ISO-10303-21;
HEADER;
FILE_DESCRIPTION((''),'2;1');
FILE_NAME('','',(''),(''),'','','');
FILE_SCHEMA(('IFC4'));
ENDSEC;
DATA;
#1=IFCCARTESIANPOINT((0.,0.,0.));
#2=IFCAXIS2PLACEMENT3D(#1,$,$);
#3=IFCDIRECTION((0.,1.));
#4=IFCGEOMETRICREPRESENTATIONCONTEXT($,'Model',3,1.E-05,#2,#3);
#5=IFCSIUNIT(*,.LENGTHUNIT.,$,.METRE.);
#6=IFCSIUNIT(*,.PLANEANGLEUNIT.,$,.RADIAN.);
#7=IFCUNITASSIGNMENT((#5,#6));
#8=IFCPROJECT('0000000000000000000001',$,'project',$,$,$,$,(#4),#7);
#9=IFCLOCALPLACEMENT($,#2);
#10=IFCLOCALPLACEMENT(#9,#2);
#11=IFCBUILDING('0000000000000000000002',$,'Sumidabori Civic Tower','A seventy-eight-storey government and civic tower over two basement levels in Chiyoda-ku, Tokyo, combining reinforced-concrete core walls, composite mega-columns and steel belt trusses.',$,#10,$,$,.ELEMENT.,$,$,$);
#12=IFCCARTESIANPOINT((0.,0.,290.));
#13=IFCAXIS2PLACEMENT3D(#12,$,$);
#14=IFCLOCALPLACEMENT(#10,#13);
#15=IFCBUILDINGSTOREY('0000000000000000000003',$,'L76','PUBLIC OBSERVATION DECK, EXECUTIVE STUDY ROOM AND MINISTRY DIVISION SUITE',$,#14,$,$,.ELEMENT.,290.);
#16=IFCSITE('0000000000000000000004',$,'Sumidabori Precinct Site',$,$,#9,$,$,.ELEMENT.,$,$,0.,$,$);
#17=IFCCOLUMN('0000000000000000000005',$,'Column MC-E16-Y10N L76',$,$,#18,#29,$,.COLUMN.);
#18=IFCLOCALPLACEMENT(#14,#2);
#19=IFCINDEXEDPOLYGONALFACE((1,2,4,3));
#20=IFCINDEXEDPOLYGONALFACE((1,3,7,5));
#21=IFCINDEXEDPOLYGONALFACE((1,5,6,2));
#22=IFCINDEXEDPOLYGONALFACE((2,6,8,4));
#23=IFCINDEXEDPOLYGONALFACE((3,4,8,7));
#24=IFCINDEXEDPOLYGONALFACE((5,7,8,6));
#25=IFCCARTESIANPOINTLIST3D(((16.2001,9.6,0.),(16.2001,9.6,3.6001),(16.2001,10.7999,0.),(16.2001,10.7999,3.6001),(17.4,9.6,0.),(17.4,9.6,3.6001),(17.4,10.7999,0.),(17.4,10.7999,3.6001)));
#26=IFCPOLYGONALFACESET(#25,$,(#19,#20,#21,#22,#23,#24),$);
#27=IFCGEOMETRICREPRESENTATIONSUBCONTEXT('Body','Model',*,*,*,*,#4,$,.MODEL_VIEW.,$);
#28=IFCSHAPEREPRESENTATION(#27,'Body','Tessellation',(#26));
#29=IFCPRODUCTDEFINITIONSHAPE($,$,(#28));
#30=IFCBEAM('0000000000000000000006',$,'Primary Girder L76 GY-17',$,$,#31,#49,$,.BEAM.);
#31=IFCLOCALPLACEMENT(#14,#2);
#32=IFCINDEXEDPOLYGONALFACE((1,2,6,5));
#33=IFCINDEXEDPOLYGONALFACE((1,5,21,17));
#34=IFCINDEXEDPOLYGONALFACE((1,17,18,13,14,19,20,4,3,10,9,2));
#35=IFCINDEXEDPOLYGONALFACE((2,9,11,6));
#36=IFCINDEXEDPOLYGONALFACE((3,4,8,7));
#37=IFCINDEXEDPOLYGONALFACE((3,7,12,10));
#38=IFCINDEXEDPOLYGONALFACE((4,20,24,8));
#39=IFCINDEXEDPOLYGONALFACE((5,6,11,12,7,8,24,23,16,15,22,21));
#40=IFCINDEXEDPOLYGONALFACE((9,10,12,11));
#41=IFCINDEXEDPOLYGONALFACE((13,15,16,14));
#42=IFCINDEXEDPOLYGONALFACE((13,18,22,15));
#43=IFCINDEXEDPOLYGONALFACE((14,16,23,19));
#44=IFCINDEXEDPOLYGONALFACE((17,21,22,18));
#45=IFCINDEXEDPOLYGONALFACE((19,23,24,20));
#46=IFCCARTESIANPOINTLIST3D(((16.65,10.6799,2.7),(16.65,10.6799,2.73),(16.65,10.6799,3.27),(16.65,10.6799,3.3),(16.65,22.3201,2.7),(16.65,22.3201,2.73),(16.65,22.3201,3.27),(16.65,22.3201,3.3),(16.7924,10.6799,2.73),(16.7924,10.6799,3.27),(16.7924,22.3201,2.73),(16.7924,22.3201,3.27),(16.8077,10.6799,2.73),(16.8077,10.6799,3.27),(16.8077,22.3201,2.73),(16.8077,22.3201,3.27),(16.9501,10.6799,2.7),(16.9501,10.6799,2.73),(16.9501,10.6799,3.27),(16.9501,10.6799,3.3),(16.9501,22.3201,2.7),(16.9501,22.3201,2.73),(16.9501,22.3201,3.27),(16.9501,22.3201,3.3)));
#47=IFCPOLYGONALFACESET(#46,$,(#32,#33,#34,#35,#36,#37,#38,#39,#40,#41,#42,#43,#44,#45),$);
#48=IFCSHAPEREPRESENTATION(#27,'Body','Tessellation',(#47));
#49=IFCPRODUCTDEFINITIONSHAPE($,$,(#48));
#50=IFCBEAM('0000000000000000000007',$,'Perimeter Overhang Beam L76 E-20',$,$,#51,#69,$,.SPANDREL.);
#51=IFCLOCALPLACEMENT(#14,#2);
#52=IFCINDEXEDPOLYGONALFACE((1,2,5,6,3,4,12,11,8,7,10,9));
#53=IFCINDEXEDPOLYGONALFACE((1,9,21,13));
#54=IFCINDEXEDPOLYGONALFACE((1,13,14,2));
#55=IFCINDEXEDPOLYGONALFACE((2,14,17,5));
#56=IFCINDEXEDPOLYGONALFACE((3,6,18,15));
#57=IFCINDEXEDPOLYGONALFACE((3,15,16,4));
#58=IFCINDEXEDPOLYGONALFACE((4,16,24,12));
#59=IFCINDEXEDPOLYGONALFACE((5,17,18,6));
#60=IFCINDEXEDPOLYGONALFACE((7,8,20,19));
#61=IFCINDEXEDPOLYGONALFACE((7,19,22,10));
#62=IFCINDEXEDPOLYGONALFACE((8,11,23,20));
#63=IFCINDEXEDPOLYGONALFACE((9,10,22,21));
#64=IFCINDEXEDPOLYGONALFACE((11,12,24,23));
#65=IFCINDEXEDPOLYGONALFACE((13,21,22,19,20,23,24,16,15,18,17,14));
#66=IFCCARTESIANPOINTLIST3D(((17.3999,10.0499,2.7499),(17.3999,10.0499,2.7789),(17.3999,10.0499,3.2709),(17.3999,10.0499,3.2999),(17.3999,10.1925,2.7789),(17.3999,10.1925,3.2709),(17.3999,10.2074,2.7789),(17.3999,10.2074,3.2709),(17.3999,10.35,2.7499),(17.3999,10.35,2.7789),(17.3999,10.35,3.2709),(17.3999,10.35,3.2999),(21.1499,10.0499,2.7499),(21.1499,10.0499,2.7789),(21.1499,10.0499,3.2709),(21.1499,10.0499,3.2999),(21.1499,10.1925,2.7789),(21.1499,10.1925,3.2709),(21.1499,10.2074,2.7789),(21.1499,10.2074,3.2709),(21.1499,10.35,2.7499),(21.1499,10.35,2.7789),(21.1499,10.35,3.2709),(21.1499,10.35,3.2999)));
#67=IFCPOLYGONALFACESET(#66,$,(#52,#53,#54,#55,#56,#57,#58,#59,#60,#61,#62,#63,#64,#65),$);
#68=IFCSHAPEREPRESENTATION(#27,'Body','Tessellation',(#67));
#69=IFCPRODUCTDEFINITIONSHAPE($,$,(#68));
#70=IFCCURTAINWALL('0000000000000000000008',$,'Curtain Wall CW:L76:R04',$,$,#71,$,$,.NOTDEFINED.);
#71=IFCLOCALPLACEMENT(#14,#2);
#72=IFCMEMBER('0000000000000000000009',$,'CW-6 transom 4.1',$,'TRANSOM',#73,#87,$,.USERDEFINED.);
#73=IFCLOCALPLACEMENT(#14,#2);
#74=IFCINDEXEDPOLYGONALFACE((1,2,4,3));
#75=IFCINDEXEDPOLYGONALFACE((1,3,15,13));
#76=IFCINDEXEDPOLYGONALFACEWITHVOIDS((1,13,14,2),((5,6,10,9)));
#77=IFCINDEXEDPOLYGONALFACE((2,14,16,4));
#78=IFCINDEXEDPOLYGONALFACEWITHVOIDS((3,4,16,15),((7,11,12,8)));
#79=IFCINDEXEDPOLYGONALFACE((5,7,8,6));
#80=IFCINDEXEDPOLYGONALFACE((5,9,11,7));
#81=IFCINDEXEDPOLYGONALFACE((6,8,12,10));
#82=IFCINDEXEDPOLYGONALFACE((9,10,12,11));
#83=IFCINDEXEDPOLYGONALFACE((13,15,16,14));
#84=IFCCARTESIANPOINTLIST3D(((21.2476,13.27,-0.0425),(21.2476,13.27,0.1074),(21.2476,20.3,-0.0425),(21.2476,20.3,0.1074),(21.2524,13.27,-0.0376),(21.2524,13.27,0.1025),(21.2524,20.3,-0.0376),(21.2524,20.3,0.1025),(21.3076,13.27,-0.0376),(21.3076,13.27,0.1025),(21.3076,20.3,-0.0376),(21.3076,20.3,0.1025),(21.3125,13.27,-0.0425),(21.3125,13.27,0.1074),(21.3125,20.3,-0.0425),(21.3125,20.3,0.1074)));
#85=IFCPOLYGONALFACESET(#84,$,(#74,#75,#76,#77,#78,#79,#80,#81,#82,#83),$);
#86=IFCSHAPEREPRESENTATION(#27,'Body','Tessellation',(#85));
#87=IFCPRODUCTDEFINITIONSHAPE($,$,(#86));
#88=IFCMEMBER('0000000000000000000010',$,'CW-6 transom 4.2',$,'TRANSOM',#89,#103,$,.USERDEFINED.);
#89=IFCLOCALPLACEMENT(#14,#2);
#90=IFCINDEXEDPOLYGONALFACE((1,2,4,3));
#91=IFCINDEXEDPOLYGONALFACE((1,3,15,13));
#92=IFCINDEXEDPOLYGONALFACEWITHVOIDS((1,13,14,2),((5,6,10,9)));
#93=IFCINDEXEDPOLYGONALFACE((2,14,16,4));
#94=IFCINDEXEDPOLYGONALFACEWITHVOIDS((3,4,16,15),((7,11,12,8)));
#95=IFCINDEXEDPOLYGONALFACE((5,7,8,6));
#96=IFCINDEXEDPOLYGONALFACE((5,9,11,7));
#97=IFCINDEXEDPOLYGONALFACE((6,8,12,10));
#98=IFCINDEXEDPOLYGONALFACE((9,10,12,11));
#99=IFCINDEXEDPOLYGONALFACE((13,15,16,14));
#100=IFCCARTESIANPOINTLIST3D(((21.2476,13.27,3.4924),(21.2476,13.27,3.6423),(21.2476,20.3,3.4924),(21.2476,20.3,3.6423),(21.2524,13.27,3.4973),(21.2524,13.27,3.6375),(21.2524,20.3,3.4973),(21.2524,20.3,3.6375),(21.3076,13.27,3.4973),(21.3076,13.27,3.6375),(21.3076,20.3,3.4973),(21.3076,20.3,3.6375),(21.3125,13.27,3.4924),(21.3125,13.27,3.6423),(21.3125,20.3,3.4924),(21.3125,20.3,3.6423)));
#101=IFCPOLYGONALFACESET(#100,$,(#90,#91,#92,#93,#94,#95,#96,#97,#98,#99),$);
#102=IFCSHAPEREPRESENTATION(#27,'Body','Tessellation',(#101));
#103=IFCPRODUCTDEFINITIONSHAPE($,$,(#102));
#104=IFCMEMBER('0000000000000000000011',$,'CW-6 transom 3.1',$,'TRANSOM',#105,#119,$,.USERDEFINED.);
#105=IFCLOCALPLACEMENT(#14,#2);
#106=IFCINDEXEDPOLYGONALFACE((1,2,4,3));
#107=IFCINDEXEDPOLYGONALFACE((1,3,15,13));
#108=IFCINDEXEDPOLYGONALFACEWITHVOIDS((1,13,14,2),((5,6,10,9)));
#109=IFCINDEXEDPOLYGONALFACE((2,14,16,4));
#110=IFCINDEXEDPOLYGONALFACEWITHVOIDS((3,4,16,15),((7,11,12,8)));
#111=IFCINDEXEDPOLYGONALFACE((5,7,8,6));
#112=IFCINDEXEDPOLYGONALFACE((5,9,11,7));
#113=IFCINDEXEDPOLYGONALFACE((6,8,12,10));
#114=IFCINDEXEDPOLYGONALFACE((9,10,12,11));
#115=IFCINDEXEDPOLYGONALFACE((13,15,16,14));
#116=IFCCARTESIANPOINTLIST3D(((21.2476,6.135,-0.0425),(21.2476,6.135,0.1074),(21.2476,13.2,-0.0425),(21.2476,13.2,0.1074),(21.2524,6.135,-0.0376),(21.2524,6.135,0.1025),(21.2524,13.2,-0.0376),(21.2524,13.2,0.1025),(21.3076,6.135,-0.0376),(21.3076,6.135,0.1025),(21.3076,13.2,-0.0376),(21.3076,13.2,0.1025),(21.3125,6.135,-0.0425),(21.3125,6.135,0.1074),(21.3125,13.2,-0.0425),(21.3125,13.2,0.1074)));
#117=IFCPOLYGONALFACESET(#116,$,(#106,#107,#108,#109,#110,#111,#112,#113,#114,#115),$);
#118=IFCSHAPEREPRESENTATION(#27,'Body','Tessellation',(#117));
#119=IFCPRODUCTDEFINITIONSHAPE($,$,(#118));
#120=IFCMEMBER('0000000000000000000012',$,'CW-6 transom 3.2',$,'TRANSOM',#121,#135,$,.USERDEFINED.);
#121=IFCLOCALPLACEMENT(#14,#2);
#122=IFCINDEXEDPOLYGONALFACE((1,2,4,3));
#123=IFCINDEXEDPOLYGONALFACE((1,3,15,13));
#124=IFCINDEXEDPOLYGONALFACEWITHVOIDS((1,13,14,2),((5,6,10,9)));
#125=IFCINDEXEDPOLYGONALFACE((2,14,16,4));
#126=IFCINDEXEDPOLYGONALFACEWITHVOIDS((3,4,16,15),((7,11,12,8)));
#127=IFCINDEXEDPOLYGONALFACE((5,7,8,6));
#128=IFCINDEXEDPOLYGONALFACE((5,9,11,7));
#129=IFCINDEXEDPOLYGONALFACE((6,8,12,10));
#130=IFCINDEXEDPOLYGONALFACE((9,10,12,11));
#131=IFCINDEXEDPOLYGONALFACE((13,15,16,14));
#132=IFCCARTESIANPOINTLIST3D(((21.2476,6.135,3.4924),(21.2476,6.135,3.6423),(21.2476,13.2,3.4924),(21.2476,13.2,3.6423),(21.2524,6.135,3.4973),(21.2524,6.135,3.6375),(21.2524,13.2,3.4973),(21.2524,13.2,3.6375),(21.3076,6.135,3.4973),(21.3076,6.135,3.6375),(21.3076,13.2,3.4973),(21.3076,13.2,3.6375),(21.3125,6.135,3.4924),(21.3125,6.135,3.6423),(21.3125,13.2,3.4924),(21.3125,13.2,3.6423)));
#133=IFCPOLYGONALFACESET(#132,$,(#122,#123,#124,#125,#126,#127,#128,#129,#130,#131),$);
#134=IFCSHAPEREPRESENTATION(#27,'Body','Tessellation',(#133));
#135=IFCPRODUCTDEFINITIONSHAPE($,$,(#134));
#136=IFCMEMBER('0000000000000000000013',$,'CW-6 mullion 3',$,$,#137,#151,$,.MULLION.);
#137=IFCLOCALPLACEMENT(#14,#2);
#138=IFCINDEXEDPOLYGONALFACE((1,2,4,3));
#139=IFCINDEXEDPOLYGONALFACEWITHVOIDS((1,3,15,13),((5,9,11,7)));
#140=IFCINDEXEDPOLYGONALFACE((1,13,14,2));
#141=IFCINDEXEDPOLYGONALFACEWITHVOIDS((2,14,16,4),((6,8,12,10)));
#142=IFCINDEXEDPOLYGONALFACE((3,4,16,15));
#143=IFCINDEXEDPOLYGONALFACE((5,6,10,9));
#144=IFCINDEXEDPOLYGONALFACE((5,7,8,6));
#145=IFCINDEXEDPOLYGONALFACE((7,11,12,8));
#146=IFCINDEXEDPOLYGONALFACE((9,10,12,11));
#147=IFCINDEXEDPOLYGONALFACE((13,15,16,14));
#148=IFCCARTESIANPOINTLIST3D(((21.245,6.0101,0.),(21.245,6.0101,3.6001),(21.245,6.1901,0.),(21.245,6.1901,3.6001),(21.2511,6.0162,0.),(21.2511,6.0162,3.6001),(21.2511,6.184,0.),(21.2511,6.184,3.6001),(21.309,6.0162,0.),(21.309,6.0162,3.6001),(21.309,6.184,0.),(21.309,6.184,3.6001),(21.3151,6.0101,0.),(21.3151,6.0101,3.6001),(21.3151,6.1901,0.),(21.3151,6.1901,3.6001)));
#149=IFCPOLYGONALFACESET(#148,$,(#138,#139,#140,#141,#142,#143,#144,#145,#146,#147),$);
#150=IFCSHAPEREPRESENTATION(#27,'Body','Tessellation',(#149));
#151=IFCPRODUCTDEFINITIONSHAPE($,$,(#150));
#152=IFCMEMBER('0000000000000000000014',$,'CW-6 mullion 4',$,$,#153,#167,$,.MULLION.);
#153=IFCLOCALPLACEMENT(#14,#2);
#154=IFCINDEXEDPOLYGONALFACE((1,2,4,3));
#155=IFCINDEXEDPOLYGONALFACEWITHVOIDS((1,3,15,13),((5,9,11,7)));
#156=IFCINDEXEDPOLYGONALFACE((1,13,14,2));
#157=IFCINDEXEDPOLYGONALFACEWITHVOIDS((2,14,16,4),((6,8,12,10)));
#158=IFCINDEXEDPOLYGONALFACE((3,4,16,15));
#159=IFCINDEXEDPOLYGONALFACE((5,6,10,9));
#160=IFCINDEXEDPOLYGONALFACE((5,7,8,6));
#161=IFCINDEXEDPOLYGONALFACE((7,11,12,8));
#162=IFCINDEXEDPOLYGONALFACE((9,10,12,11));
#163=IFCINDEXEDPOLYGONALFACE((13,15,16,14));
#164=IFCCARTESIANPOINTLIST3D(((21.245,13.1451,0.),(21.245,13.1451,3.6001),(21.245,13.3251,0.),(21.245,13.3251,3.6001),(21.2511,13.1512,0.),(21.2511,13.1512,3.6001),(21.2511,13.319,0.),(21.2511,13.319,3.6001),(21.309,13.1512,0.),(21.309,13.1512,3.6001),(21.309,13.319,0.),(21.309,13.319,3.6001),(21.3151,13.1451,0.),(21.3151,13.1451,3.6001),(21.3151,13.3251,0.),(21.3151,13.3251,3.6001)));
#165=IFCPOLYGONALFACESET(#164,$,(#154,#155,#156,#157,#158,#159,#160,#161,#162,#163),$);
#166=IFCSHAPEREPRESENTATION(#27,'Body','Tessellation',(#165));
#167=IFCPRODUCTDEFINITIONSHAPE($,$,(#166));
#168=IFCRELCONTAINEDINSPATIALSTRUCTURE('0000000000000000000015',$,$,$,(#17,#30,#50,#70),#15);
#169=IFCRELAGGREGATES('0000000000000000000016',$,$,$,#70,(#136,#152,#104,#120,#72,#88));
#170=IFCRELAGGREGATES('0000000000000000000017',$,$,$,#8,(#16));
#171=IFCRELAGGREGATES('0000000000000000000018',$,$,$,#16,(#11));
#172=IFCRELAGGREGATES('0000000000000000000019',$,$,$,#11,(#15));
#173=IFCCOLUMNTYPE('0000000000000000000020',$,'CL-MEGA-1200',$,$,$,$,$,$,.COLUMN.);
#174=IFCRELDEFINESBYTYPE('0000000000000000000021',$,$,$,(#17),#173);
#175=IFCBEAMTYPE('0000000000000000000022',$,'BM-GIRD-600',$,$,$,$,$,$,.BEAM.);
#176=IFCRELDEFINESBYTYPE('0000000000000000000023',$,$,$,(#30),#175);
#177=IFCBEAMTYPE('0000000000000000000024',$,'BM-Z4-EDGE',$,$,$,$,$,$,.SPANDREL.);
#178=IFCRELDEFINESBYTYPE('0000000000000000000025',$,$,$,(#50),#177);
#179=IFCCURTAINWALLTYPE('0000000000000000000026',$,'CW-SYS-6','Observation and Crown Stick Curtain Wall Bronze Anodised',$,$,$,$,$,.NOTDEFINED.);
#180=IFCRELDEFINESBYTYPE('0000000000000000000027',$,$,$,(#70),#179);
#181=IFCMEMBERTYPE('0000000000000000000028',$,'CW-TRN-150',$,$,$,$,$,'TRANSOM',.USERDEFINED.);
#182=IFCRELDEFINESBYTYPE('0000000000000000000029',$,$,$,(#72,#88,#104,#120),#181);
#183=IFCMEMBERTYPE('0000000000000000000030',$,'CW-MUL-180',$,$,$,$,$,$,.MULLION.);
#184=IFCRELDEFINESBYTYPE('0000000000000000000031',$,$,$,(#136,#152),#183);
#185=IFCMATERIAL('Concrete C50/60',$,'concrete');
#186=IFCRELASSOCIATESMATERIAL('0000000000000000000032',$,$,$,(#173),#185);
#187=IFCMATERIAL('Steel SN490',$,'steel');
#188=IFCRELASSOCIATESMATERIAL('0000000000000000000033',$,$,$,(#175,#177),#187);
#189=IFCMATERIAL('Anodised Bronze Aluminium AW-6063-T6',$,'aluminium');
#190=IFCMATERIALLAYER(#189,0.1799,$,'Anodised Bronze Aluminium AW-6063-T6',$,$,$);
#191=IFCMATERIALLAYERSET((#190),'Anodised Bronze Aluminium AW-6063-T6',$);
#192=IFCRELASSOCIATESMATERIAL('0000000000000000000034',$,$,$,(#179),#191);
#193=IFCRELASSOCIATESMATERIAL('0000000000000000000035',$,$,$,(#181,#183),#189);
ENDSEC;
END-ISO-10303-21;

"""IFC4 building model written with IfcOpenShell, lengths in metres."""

from ifc_helpers import new_model, si_unit, direction, frame, origin, origin_2d, place, context, subcontext, project, spatial, rectangle, hollow_rectangle, i_section, extrude, source, transform, mapped, material, layer, layer_set, material_profile, profile_set, type_object, element, aggregate, save


model = new_model("IFC4")

# Units and contexts
model_context = context("Model", 3, precision=1e-05, world=origin(), true_north=direction((0.0, 1.0)))
body_context = subcontext(model_context, "Body", "Model", "MODEL_VIEW")
ifc_project = project(units=[si_unit("LENGTHUNIT", "METRE"), si_unit("PLANEANGLEUNIT", "RADIAN")], contexts=[model_context])

# Site, building, storey
site_placement = place(None, origin())
site = spatial("IfcSite", under=ifc_project, at=site_placement, Name="Sumidabori Precinct Site", CompositionType="ELEMENT", RefElevation=0.0)
building_placement = place(site_placement, origin())
building = spatial("IfcBuilding", under=site, at=building_placement, Name="Sumidabori Civic Tower", Description="A seventy-eight-storey government and civic tower over two basement levels in Chiyoda-ku, Tokyo, combining reinforced-concrete core walls, composite mega-columns and steel belt trusses.", CompositionType="ELEMENT")
storey_placement = place(building_placement, frame((0.0, 0.0, 290.0)))
storey = spatial("IfcBuildingStorey", under=building, at=storey_placement, Name="L76", Description="PUBLIC OBSERVATION DECK, EXECUTIVE STUDY ROOM AND MINISTRY DIVISION SUITE", CompositionType="ELEMENT", Elevation=290.0)

# Column
ifc_material_1 = material(Name="Concrete C50/60", Category="concrete")
ifc_material_profile_1 = material_profile(ifc_material_1, rectangle(XDim=1.2, YDim=1.2, at=origin_2d()), Name="RC 1200x1200")
ifc_profile_set_1 = profile_set([ifc_material_profile_1], Name="Concrete C50/60")
column_type = type_object("IfcColumnType", Name="CL-MEGA-1200", PredefinedType="COLUMN", material=ifc_profile_set_1)
shared_shape_1 = source(origin(), body_context, "Body", "SweptSolid", [
    extrude(rectangle(XDim=1.2, YDim=1.2, at=origin_2d()), origin(), (0.0, 0.0, 1.0), 3.6001),
])
column_placement = place(storey_placement, frame((16.8, 10.2, 0.0), z_axis=(0.0, 0.0, 1.0), x_axis=(1.0, 0.0, 0.0)))
element("IfcColumn", 1, at=column_placement, inside=storey, type_object=column_type, Name="Column MC-E16-Y10N L76", PredefinedType="COLUMN", context=body_context, shape_type="MappedRepresentation", body=[
    mapped(shared_shape_1, transform((0.0, 0.0, 0.0), x_axis=(1.0, 0.0, 0.0), y_axis=(0.0, 1.0, 0.0), z_axis=(0.0, 0.0, 1.0), scale=1.0)),
])

# Beams
ifc_material_2 = material(Name="Steel SN490", Category="steel")
ifc_material_profile_2 = material_profile(ifc_material_2, i_section(OverallWidth=0.3, OverallDepth=0.6001, WebThickness=0.0154, FlangeThickness=0.03, at=origin_2d()), Name="HE 600 B")
ifc_profile_set_2 = profile_set([ifc_material_profile_2], Name="Steel SN490")
beam_type_1 = type_object("IfcBeamType", Name="BM-GIRD-600", PredefinedType="BEAM", material=ifc_profile_set_2)
shared_shape_2 = source(origin(), body_context, "Body", "SweptSolid", [
    extrude(i_section(OverallWidth=0.3, OverallDepth=0.6001, WebThickness=0.0154, FlangeThickness=0.03, at=origin_2d()), origin(), (0.0, 0.0, 1.0), 11.6401),
])
beam_1_placement = place(storey_placement, frame((16.8, 10.6799, 3.0), z_axis=(0.0, 1.0, 0.0), x_axis=(-1.0, 0.0, 0.0)))
element("IfcBeam", 2, at=beam_1_placement, inside=storey, type_object=beam_type_1, Name="Primary Girder L76 GY-17", PredefinedType="BEAM", context=body_context, shape_type="MappedRepresentation", body=[
    mapped(shared_shape_2, transform((0.0, 0.0, 0.0), x_axis=(1.0, 0.0, 0.0), y_axis=(0.0, 1.0, 0.0), z_axis=(0.0, 0.0, 1.0), scale=1.0)),
])
ifc_material_profile_3 = material_profile(ifc_material_2, i_section(OverallWidth=0.3, OverallDepth=0.55, WebThickness=0.0149, FlangeThickness=0.0291, at=origin_2d()), Name="HE 550 B")
ifc_profile_set_3 = profile_set([ifc_material_profile_3], Name="Steel SN490")
beam_type_2 = type_object("IfcBeamType", Name="BM-Z4-EDGE", PredefinedType="SPANDREL", material=ifc_profile_set_3)
shared_shape_3 = source(origin(), body_context, "Body", "SweptSolid", [
    extrude(i_section(OverallWidth=0.3, OverallDepth=0.55, WebThickness=0.0149, FlangeThickness=0.0291, at=origin_2d()), origin(), (0.0, 0.0, 1.0), 3.75),
])
beam_2_placement = place(storey_placement, frame((17.3999, 10.2, 3.0249), z_axis=(1.0, 0.0, 0.0), x_axis=(0.0, 1.0, 0.0)))
element("IfcBeam", 3, at=beam_2_placement, inside=storey, type_object=beam_type_2, Name="Perimeter Overhang Beam L76 E-20", PredefinedType="SPANDREL", context=body_context, shape_type="MappedRepresentation", body=[
    mapped(shared_shape_3, transform((0.0, 0.0, 0.0), x_axis=(1.0, 0.0, 0.0), y_axis=(0.0, 1.0, 0.0), z_axis=(0.0, 0.0, 1.0), scale=1.0)),
])

# Curtain wall, members
ifc_material_3 = material(Name="Anodised Bronze Aluminium AW-6063-T6", Category="aluminium")
ifc_layer_1 = layer(ifc_material_3, 0.1799, Name="Anodised Bronze Aluminium AW-6063-T6")
ifc_layer_set_1 = layer_set([ifc_layer_1], Name="Anodised Bronze Aluminium AW-6063-T6")
curtain_wall_type = type_object("IfcCurtainWallType", Name="CW-SYS-6", Description="Observation and Crown Stick Curtain Wall Bronze Anodised", PredefinedType="NOTDEFINED", material=ifc_layer_set_1)
curtain_wall_placement = place(storey_placement, origin())
curtain_wall = element("IfcCurtainWall", 4, at=curtain_wall_placement, inside=storey, type_object=curtain_wall_type, Name="Curtain Wall CW:L76:R04", PredefinedType="NOTDEFINED")
ifc_material_profile_4 = material_profile(ifc_material_3, hollow_rectangle(XDim=0.0649, YDim=0.1499, WallThickness=0.0049, at=origin_2d()), Name="ALU TRANSOM 150x65")
ifc_profile_set_4 = profile_set([ifc_material_profile_4], Name="Anodised Bronze Aluminium AW-6063-T6")
member_type_1 = type_object("IfcMemberType", Name="CW-TRN-150", ElementType="TRANSOM", PredefinedType="USERDEFINED", material=ifc_profile_set_4)
shared_shape_4 = source(origin(), body_context, "Body", "SweptSolid", [
    extrude(hollow_rectangle(XDim=0.0649, YDim=0.1499, WallThickness=0.0049, at=origin_2d()), origin(), (0.0, 0.0, 1.0), 7.03),
])
member_1_placement = place(storey_placement, frame((21.28, 13.27, 0.0325), z_axis=(0.0, 1.0, 0.0), x_axis=(-1.0, 0.0, 0.0)))
member_1 = element("IfcMember", 5, at=member_1_placement, type_object=member_type_1, Name="CW-6 transom 4.1", ObjectType="TRANSOM", PredefinedType="USERDEFINED", context=body_context, shape_type="MappedRepresentation", body=[
    mapped(shared_shape_4, transform((0.0, 0.0, 0.0), x_axis=(1.0, 0.0, 0.0), y_axis=(0.0, 1.0, 0.0), z_axis=(0.0, 0.0, 1.0), scale=1.0)),
])
member_2_placement = place(storey_placement, frame((21.28, 13.27, 3.5674), z_axis=(0.0, 1.0, 0.0), x_axis=(-1.0, 0.0, 0.0)))
member_2 = element("IfcMember", 6, at=member_2_placement, type_object=member_type_1, Name="CW-6 transom 4.2", ObjectType="TRANSOM", PredefinedType="USERDEFINED", context=body_context, shape_type="MappedRepresentation", body=[
    mapped(shared_shape_4, transform((0.0, 0.0, 0.0), x_axis=(1.0, 0.0, 0.0), y_axis=(0.0, 1.0, 0.0), z_axis=(0.0, 0.0, 1.0), scale=1.0)),
])
shared_shape_5 = source(origin(), body_context, "Body", "SweptSolid", [
    extrude(hollow_rectangle(XDim=0.0649, YDim=0.1499, WallThickness=0.0049, at=origin_2d()), origin(), (0.0, 0.0, 1.0), 7.0649),
])
member_3_placement = place(storey_placement, frame((21.28, 6.135, 0.0325), z_axis=(0.0, 1.0, 0.0), x_axis=(-1.0, 0.0, 0.0)))
member_3 = element("IfcMember", 7, at=member_3_placement, type_object=member_type_1, Name="CW-6 transom 3.1", ObjectType="TRANSOM", PredefinedType="USERDEFINED", context=body_context, shape_type="MappedRepresentation", body=[
    mapped(shared_shape_5, transform((0.0, 0.0, 0.0), x_axis=(1.0, 0.0, 0.0), y_axis=(0.0, 1.0, 0.0), z_axis=(0.0, 0.0, 1.0), scale=1.0)),
])
member_4_placement = place(storey_placement, frame((21.28, 6.135, 3.5674), z_axis=(0.0, 1.0, 0.0), x_axis=(-1.0, 0.0, 0.0)))
member_4 = element("IfcMember", 8, at=member_4_placement, type_object=member_type_1, Name="CW-6 transom 3.2", ObjectType="TRANSOM", PredefinedType="USERDEFINED", context=body_context, shape_type="MappedRepresentation", body=[
    mapped(shared_shape_5, transform((0.0, 0.0, 0.0), x_axis=(1.0, 0.0, 0.0), y_axis=(0.0, 1.0, 0.0), z_axis=(0.0, 0.0, 1.0), scale=1.0)),
])
ifc_material_profile_5 = material_profile(ifc_material_3, hollow_rectangle(XDim=0.0701, YDim=0.1799, WallThickness=0.0061, at=origin_2d()), Name="ALU MULLION 180x70")
ifc_profile_set_5 = profile_set([ifc_material_profile_5], Name="Anodised Bronze Aluminium AW-6063-T6")
member_type_2 = type_object("IfcMemberType", Name="CW-MUL-180", PredefinedType="MULLION", material=ifc_profile_set_5)
shared_shape_6 = source(origin(), body_context, "Body", "SweptSolid", [
    extrude(hollow_rectangle(XDim=0.0701, YDim=0.1799, WallThickness=0.0061, at=origin_2d()), origin(), (0.0, 0.0, 1.0), 3.6001),
])
member_5_placement = place(storey_placement, frame((21.28, 6.1001, 0.0), z_axis=(0.0, 0.0, 1.0), x_axis=(-1.0, 0.0, 0.0)))
member_5 = element("IfcMember", 9, at=member_5_placement, type_object=member_type_2, Name="CW-6 mullion 3", PredefinedType="MULLION", context=body_context, shape_type="MappedRepresentation", body=[
    mapped(shared_shape_6, transform((0.0, 0.0, 0.0), x_axis=(1.0, 0.0, 0.0), y_axis=(0.0, 1.0, 0.0), z_axis=(0.0, 0.0, 1.0), scale=1.0)),
])
member_6_placement = place(storey_placement, frame((21.28, 13.2351, 0.0), z_axis=(0.0, 0.0, 1.0), x_axis=(-1.0, 0.0, 0.0)))
member_6 = element("IfcMember", 10, at=member_6_placement, type_object=member_type_2, Name="CW-6 mullion 4", PredefinedType="MULLION", context=body_context, shape_type="MappedRepresentation", body=[
    mapped(shared_shape_6, transform((0.0, 0.0, 0.0), x_axis=(1.0, 0.0, 0.0), y_axis=(0.0, 1.0, 0.0), z_axis=(0.0, 0.0, 1.0), scale=1.0)),
])
aggregate(curtain_wall, [member_5, member_6, member_3, member_4, member_1, member_2])

save(model, "model.ifc")
